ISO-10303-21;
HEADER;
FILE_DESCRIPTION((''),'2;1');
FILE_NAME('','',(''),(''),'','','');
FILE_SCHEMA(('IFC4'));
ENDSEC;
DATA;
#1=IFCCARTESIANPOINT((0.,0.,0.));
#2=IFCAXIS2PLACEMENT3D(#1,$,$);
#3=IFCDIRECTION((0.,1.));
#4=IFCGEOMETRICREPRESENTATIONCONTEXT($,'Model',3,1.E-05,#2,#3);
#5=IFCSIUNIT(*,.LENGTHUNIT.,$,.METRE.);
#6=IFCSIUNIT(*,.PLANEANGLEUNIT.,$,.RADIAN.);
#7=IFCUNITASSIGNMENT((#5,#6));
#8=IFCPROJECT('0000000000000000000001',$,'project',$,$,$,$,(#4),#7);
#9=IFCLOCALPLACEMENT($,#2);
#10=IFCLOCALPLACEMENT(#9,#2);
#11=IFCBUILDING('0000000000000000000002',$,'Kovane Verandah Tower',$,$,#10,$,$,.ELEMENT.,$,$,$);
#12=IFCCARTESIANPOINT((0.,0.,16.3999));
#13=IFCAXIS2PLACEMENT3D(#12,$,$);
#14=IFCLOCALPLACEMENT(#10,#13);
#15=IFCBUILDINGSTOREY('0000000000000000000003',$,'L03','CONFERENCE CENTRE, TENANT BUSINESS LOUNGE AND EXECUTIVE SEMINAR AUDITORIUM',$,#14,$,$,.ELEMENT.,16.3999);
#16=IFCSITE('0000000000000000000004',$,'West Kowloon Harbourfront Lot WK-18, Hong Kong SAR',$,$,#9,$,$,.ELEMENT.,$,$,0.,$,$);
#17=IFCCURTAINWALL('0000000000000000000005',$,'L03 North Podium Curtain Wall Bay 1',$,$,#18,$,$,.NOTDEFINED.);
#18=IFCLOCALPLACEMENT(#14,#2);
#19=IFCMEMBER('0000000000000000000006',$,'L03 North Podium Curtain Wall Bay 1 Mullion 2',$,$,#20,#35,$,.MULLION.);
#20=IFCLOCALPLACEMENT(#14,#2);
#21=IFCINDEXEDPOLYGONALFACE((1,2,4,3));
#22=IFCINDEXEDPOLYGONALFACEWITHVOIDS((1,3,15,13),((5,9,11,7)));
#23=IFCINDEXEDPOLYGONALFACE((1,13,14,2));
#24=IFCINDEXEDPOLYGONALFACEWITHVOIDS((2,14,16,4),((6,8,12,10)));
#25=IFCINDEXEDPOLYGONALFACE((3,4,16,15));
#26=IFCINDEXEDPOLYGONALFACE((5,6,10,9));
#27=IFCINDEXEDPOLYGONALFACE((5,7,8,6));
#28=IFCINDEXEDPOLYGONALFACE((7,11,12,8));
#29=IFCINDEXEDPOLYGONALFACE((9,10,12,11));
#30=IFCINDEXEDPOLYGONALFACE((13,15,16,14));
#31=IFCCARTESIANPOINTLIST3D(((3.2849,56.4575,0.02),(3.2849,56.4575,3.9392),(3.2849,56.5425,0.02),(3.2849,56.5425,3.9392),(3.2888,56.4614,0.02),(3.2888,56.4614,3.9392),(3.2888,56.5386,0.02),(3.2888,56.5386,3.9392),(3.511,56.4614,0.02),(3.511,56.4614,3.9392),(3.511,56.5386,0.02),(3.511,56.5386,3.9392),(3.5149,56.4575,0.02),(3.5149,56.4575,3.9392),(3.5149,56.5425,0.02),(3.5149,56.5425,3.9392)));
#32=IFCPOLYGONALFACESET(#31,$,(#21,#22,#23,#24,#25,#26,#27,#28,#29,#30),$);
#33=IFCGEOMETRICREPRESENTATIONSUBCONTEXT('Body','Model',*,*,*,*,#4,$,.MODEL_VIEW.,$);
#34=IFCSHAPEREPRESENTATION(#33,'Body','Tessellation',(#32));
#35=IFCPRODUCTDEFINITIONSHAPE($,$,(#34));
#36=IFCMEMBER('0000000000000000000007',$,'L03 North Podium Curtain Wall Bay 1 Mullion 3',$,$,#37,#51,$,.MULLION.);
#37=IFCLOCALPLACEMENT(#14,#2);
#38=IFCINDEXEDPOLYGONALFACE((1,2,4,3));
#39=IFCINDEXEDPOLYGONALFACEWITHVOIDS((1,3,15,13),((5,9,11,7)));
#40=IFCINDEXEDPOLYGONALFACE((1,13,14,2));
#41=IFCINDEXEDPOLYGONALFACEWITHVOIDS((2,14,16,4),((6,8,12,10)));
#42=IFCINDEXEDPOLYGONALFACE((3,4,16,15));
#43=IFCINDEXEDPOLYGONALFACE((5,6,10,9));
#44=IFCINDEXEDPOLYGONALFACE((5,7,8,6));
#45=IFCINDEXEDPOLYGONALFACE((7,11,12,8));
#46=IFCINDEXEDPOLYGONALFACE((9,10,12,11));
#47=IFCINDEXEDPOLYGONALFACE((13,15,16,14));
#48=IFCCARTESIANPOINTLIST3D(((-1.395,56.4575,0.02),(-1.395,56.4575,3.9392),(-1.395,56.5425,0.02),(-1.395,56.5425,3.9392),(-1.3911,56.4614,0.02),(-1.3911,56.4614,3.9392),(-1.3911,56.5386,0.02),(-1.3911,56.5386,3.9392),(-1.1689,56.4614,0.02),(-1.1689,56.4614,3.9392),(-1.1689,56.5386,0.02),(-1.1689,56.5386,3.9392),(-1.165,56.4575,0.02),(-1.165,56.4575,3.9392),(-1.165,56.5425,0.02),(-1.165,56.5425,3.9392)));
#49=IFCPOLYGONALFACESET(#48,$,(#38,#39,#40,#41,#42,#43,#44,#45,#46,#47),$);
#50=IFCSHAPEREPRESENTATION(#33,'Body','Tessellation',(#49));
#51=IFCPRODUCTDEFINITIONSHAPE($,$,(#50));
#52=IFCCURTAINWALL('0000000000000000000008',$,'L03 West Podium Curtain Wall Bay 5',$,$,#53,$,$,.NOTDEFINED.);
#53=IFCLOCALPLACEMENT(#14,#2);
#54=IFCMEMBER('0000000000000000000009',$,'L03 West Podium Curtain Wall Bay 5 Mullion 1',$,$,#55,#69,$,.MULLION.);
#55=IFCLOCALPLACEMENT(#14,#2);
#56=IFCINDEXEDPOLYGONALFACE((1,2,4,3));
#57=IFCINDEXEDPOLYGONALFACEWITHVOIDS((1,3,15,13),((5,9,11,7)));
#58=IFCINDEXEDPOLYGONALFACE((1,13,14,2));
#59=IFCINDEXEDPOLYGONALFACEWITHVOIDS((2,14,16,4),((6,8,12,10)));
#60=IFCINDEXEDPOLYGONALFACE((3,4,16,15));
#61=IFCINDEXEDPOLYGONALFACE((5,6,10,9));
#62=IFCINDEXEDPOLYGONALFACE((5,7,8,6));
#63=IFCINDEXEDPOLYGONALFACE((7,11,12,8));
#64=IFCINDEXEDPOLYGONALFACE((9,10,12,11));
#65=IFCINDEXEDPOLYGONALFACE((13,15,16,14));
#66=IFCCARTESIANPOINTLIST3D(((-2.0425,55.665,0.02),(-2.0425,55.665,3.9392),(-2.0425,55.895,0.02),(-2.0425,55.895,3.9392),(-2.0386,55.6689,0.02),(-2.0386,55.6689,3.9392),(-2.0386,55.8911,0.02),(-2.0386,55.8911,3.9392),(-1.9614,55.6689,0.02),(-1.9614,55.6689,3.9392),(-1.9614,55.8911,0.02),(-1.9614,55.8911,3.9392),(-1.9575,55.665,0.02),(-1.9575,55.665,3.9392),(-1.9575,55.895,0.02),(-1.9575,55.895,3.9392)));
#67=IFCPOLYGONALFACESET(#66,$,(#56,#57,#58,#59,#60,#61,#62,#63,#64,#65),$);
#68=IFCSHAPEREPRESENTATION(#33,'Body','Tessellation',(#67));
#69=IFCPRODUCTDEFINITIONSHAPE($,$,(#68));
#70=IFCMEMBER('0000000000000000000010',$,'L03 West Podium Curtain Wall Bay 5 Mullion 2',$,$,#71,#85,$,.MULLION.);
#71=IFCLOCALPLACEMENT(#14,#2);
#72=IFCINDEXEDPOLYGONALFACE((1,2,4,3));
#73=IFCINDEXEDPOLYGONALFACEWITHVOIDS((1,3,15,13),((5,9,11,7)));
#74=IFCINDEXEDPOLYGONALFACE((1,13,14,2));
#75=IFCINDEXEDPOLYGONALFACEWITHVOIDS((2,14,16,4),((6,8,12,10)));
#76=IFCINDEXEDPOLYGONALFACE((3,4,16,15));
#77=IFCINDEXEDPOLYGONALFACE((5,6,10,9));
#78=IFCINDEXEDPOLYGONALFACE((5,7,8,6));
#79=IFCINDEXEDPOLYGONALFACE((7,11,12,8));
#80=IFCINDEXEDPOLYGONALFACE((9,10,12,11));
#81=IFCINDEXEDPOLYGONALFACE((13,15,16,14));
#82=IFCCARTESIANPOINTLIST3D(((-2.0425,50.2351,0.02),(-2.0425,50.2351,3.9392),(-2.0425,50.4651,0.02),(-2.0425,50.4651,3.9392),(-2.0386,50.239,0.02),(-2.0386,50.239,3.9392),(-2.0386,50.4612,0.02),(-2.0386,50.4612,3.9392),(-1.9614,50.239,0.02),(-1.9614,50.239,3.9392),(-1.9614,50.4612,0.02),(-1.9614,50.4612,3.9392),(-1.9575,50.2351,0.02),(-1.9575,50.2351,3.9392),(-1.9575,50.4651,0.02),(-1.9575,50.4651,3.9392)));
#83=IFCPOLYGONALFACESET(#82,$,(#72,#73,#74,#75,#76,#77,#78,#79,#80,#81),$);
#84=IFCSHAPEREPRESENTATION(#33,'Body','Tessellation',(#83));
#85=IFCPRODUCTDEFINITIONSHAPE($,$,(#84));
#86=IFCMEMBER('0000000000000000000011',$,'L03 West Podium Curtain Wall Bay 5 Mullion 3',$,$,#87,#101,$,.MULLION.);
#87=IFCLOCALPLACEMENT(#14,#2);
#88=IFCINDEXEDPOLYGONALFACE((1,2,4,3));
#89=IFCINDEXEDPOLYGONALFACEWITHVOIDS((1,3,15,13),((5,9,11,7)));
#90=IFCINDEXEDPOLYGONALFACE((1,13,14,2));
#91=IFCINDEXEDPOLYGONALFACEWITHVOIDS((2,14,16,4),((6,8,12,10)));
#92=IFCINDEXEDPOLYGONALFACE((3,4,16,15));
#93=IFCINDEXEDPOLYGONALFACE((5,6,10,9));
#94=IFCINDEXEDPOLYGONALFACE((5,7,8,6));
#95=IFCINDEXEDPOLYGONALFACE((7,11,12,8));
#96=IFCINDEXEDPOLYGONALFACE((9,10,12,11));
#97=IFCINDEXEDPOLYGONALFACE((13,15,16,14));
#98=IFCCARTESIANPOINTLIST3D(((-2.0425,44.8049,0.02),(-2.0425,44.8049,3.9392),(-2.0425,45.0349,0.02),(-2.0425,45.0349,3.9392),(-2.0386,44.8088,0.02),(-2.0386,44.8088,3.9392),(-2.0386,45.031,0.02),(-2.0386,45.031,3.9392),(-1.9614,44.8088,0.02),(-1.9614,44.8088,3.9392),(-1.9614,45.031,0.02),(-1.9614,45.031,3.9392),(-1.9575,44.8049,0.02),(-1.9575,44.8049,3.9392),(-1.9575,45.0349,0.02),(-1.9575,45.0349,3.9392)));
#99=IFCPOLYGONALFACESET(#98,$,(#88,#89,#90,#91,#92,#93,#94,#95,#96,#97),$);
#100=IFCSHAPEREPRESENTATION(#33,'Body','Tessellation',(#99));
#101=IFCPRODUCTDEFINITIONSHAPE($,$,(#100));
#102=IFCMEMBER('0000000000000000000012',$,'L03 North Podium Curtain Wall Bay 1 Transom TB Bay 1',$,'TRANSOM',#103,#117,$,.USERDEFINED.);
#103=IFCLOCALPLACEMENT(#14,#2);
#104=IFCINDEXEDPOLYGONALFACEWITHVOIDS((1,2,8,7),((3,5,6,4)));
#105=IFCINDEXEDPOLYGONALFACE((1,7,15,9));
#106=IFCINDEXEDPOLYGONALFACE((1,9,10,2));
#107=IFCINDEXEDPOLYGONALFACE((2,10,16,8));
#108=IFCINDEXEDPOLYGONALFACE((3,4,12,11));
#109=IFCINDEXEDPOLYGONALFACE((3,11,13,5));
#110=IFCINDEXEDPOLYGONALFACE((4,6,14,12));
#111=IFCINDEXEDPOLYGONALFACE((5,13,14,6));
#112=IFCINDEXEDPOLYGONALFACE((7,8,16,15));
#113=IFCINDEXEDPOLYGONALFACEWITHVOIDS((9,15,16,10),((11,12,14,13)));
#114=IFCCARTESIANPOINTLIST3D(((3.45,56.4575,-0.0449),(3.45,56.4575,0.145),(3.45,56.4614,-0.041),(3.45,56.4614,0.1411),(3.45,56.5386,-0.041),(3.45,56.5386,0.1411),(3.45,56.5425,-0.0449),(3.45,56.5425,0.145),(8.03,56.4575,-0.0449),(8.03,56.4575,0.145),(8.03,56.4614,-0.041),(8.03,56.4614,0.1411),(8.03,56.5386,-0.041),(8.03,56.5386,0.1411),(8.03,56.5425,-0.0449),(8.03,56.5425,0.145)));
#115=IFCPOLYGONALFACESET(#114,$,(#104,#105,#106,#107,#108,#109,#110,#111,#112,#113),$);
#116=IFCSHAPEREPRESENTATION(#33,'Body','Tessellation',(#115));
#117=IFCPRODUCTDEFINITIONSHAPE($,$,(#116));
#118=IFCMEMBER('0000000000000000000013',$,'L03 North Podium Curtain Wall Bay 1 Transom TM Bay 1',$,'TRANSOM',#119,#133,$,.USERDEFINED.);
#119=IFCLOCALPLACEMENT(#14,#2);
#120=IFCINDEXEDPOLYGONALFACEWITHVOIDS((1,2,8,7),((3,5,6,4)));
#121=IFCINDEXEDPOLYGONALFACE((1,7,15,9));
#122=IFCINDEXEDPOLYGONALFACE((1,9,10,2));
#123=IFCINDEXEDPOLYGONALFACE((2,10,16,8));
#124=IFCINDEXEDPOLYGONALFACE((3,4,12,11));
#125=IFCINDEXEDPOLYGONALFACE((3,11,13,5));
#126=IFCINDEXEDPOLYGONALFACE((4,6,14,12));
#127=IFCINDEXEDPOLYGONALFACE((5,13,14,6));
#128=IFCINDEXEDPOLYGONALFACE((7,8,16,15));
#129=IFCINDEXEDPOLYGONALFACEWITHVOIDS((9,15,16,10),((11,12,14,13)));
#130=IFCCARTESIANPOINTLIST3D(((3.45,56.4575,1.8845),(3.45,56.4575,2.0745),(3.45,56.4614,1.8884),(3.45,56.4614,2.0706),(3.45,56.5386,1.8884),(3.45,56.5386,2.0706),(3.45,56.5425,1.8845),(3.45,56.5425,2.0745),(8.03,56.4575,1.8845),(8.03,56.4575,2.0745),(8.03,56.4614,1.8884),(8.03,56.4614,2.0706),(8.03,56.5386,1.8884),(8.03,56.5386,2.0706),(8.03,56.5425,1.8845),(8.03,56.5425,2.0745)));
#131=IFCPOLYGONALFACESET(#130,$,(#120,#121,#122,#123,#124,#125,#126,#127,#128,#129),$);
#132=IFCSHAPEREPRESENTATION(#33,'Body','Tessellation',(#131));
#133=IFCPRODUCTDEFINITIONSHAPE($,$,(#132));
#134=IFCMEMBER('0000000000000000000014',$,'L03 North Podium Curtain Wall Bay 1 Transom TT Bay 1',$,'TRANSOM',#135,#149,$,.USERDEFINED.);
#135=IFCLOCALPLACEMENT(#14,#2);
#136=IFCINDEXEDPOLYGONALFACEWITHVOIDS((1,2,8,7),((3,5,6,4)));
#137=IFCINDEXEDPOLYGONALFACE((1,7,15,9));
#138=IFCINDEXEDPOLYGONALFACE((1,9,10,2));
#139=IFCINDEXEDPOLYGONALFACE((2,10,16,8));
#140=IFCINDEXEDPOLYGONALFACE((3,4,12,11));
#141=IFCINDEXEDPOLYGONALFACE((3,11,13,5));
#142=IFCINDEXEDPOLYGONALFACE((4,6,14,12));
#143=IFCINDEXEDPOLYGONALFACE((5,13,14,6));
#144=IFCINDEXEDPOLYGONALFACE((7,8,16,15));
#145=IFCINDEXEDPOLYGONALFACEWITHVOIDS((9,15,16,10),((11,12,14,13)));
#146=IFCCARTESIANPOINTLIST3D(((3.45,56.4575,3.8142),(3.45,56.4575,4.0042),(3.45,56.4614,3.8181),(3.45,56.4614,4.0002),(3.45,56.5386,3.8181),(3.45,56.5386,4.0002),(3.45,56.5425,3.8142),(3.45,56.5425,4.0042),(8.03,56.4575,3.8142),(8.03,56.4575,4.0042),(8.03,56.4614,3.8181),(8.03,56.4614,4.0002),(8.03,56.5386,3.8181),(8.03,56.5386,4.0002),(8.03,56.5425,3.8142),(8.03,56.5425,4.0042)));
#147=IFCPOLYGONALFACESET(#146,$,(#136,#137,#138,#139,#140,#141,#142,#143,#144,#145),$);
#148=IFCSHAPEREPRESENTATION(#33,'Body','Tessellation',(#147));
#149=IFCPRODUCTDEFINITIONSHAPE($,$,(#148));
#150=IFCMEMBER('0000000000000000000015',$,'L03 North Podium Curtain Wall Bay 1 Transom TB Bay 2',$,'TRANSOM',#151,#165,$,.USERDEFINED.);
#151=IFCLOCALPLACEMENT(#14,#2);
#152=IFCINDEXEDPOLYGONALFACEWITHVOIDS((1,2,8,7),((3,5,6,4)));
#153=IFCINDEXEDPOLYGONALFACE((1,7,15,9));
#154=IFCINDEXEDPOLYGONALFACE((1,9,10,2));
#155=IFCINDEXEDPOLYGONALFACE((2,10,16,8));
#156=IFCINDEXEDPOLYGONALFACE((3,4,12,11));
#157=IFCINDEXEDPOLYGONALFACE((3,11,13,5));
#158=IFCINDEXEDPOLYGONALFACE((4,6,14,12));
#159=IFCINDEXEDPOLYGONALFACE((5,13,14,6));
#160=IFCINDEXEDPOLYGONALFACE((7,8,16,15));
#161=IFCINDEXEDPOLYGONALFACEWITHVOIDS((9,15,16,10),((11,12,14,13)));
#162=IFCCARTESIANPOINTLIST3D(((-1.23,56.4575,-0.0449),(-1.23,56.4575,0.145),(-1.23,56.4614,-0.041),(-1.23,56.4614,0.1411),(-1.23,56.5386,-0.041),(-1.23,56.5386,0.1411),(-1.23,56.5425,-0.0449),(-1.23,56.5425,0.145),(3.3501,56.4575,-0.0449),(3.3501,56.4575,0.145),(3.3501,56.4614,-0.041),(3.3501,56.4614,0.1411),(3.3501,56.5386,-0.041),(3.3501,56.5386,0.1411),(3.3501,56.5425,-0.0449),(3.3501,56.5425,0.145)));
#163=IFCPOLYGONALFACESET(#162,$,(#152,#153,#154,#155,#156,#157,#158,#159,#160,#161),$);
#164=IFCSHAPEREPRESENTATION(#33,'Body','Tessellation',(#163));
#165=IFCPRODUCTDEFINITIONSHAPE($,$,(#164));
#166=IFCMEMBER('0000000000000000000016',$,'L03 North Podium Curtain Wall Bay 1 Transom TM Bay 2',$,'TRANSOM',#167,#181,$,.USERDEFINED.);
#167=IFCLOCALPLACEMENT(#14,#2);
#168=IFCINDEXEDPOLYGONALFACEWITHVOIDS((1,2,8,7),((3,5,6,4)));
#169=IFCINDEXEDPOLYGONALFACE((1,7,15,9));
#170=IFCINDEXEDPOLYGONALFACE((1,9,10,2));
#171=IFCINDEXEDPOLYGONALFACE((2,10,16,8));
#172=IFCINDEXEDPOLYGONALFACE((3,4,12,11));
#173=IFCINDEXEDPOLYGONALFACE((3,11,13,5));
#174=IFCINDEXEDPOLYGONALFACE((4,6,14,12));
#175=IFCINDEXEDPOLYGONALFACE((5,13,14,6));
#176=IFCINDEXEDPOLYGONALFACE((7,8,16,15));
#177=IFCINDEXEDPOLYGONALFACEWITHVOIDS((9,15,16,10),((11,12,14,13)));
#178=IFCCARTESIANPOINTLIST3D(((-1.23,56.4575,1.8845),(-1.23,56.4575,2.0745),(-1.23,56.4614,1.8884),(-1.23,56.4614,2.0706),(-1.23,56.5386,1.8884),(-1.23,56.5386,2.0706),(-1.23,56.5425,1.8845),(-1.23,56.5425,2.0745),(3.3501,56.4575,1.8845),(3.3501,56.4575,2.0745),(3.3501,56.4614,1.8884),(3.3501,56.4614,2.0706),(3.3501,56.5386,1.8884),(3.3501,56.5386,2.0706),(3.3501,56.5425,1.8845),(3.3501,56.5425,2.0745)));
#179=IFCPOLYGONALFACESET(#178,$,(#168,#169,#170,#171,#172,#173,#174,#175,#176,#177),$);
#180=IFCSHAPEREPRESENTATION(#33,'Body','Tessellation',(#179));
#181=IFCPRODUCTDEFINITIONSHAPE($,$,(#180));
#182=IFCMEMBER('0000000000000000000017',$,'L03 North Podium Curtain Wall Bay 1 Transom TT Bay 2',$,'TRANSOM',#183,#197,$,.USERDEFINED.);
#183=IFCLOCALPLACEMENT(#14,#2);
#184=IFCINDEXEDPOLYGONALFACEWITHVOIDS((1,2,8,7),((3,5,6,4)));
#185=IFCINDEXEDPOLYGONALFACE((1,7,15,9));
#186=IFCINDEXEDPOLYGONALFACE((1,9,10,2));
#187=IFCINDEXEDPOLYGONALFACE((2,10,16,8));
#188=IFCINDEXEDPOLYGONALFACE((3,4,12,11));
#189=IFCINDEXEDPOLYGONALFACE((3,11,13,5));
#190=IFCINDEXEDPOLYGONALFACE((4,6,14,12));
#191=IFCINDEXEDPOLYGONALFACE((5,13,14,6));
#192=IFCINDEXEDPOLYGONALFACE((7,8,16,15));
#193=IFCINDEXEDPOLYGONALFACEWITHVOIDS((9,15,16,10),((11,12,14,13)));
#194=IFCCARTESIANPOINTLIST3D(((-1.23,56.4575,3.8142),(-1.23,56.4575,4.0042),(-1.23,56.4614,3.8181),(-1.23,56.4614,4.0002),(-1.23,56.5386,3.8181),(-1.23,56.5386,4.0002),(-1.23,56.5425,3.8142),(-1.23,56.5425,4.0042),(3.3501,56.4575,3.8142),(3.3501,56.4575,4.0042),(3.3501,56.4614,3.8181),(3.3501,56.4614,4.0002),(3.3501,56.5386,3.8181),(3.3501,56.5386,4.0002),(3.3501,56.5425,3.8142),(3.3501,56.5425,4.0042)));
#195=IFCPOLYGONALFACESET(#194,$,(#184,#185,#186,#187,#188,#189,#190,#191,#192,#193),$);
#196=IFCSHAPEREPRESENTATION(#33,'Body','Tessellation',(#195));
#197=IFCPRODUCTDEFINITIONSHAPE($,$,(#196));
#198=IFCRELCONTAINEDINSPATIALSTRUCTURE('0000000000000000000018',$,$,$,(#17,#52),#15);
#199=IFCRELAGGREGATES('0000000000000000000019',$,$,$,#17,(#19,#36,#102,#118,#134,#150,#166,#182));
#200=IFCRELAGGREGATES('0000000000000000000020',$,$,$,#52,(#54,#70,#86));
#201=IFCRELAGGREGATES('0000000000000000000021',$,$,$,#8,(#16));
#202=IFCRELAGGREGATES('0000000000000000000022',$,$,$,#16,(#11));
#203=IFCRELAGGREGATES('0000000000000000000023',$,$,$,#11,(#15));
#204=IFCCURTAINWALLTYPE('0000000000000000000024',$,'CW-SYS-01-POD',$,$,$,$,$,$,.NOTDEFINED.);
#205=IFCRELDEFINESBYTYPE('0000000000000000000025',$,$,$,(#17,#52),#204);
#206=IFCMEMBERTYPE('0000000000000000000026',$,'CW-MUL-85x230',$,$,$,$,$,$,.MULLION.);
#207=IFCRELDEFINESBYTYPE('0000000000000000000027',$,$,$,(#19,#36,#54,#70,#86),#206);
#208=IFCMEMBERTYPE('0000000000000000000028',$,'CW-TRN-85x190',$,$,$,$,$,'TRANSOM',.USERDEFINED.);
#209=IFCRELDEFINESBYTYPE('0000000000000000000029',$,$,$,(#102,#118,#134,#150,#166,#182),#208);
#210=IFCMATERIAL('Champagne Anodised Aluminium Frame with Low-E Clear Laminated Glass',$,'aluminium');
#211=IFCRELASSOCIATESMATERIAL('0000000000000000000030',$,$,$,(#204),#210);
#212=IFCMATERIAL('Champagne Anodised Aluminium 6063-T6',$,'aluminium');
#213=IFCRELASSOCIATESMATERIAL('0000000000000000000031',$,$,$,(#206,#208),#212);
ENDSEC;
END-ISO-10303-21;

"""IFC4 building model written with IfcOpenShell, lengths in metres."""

from ifc_helpers import new_model, si_unit, direction, frame, origin, origin_2d, place, context, subcontext, project, spatial, hollow_rectangle, extrude, material, material_profile, profile_set, type_object, element, aggregate, save


model = new_model("IFC4")

# Units and contexts
model_context = context("Model", 3, precision=1e-05, world=origin(), true_north=direction((0.0, 1.0)))
body_context = subcontext(model_context, "Body", "Model", "MODEL_VIEW")
ifc_project = project(units=[si_unit("LENGTHUNIT", "METRE"), si_unit("PLANEANGLEUNIT", "RADIAN")], contexts=[model_context])

# Site, building, storey
site_placement = place(None, origin())
site = spatial("IfcSite", under=ifc_project, at=site_placement, Name="West Kowloon Harbourfront Lot WK-18, Hong Kong SAR", CompositionType="ELEMENT", RefElevation=0.0)
building_placement = place(site_placement, origin())
building = spatial("IfcBuilding", under=site, at=building_placement, Name="Kovane Verandah Tower", CompositionType="ELEMENT")
storey_placement = place(building_placement, frame((0.0, 0.0, 16.3999)))
storey = spatial("IfcBuildingStorey", under=building, at=storey_placement, Name="L03", Description="CONFERENCE CENTRE, TENANT BUSINESS LOUNGE AND EXECUTIVE SEMINAR AUDITORIUM", CompositionType="ELEMENT", Elevation=16.3999)

# Curtain walls, members
ifc_material_1 = material(Name="Champagne Anodised Aluminium Frame with Low-E Clear Laminated Glass", Category="aluminium")
curtain_wall_type = type_object("IfcCurtainWallType", Name="CW-SYS-01-POD", PredefinedType="NOTDEFINED", material=ifc_material_1)
curtain_wall_1_placement = place(storey_placement, origin())
curtain_wall_1 = element("IfcCurtainWall", 1, at=curtain_wall_1_placement, inside=storey, type_object=curtain_wall_type, Name="L03 North Podium Curtain Wall Bay 1", PredefinedType="NOTDEFINED")
ifc_material_2 = material(Name="Champagne Anodised Aluminium 6063-T6", Category="aluminium")
ifc_material_profile_1 = material_profile(ifc_material_2, hollow_rectangle(XDim=0.085, YDim=0.23, WallThickness=0.0039, at=origin_2d()), Name="AL85x230x4")
ifc_profile_set_1 = profile_set([ifc_material_profile_1], Name="Champagne Anodised Aluminium 6063-T6")
member_type_1 = type_object("IfcMemberType", Name="CW-MUL-85x230", PredefinedType="MULLION", material=ifc_profile_set_1)
member_1_placement = place(storey_placement, frame((3.3999, 56.5, 0.02), z_axis=(0.0, 0.0, 1.0), x_axis=(0.0, 1.0, 0.0)))
member_1 = element("IfcMember", 2, at=member_1_placement, type_object=member_type_1, Name="L03 North Podium Curtain Wall Bay 1 Mullion 2", PredefinedType="MULLION", context=body_context, shape_type="SweptSolid", body=[
    extrude(hollow_rectangle(XDim=0.085, YDim=0.23, WallThickness=0.0039, at=origin_2d()), origin(), (0.0, 0.0, 1.0), 3.9192),
])
member_2_placement = place(storey_placement, frame((-1.28, 56.5, 0.02), z_axis=(0.0, 0.0, 1.0), x_axis=(0.0, 1.0, 0.0)))
member_2 = element("IfcMember", 3, at=member_2_placement, type_object=member_type_1, Name="L03 North Podium Curtain Wall Bay 1 Mullion 3", PredefinedType="MULLION", context=body_context, shape_type="SweptSolid", body=[
    extrude(hollow_rectangle(XDim=0.085, YDim=0.23, WallThickness=0.0039, at=origin_2d()), origin(), (0.0, 0.0, 1.0), 3.9192),
])
curtain_wall_2_placement = place(storey_placement, origin())
curtain_wall_2 = element("IfcCurtainWall", 4, at=curtain_wall_2_placement, inside=storey, type_object=curtain_wall_type, Name="L03 West Podium Curtain Wall Bay 5", PredefinedType="NOTDEFINED")
member_3_placement = place(storey_placement, frame((-2.0, 55.78, 0.02), z_axis=(0.0, 0.0, 1.0), x_axis=(-1.0, 0.0, 0.0)))
member_3 = element("IfcMember", 5, at=member_3_placement, type_object=member_type_1, Name="L03 West Podium Curtain Wall Bay 5 Mullion 1", PredefinedType="MULLION", context=body_context, shape_type="SweptSolid", body=[
    extrude(hollow_rectangle(XDim=0.085, YDim=0.23, WallThickness=0.0039, at=origin_2d()), origin(), (0.0, 0.0, 1.0), 3.9192),
])
member_4_placement = place(storey_placement, frame((-2.0, 50.3501, 0.02), z_axis=(0.0, 0.0, 1.0), x_axis=(-1.0, 0.0, 0.0)))
member_4 = element("IfcMember", 6, at=member_4_placement, type_object=member_type_1, Name="L03 West Podium Curtain Wall Bay 5 Mullion 2", PredefinedType="MULLION", context=body_context, shape_type="SweptSolid", body=[
    extrude(hollow_rectangle(XDim=0.085, YDim=0.23, WallThickness=0.0039, at=origin_2d()), origin(), (0.0, 0.0, 1.0), 3.9192),
])
member_5_placement = place(storey_placement, frame((-2.0, 44.9199, 0.02), z_axis=(0.0, 0.0, 1.0), x_axis=(-1.0, 0.0, 0.0)))
member_5 = element("IfcMember", 7, at=member_5_placement, type_object=member_type_1, Name="L03 West Podium Curtain Wall Bay 5 Mullion 3", PredefinedType="MULLION", context=body_context, shape_type="SweptSolid", body=[
    extrude(hollow_rectangle(XDim=0.085, YDim=0.23, WallThickness=0.0039, at=origin_2d()), origin(), (0.0, 0.0, 1.0), 3.9192),
])

# Members
ifc_material_profile_2 = material_profile(ifc_material_2, hollow_rectangle(XDim=0.085, YDim=0.1899, WallThickness=0.0039, at=origin_2d()), Name="AL85x190x4")
ifc_profile_set_2 = profile_set([ifc_material_profile_2], Name="Champagne Anodised Aluminium 6063-T6")
member_type_2 = type_object("IfcMemberType", Name="CW-TRN-85x190", ElementType="TRANSOM", PredefinedType="USERDEFINED", material=ifc_profile_set_2)
member_6_placement = place(storey_placement, frame((8.03, 56.5, 0.05), z_axis=(-1.0, 0.0, 0.0), x_axis=(0.0, -1.0, 0.0)))
member_6 = element("IfcMember", 8, at=member_6_placement, type_object=member_type_2, Name="L03 North Podium Curtain Wall Bay 1 Transom TB Bay 1", ObjectType="TRANSOM", PredefinedType="USERDEFINED", context=body_context, shape_type="SweptSolid", body=[
    extrude(hollow_rectangle(XDim=0.085, YDim=0.1899, WallThickness=0.0039, at=origin_2d()), origin(), (0.0, 0.0, 1.0), 4.5801),
])
member_7_placement = place(storey_placement, frame((8.03, 56.5, 1.9795), z_axis=(-1.0, 0.0, 0.0), x_axis=(0.0, -1.0, 0.0)))
member_7 = element("IfcMember", 9, at=member_7_placement, type_object=member_type_2, Name="L03 North Podium Curtain Wall Bay 1 Transom TM Bay 1", ObjectType="TRANSOM", PredefinedType="USERDEFINED", context=body_context, shape_type="SweptSolid", body=[
    extrude(hollow_rectangle(XDim=0.085, YDim=0.1899, WallThickness=0.0039, at=origin_2d()), origin(), (0.0, 0.0, 1.0), 4.5801),
])
member_8_placement = place(storey_placement, frame((8.03, 56.5, 3.9092), z_axis=(-1.0, 0.0, 0.0), x_axis=(0.0, -1.0, 0.0)))
member_8 = element("IfcMember", 10, at=member_8_placement, type_object=member_type_2, Name="L03 North Podium Curtain Wall Bay 1 Transom TT Bay 1", ObjectType="TRANSOM", PredefinedType="USERDEFINED", context=body_context, shape_type="SweptSolid", body=[
    extrude(hollow_rectangle(XDim=0.085, YDim=0.1899, WallThickness=0.0039, at=origin_2d()), origin(), (0.0, 0.0, 1.0), 4.5801),
])
member_9_placement = place(storey_placement, frame((3.3501, 56.5, 0.05), z_axis=(-1.0, 0.0, 0.0), x_axis=(0.0, -1.0, 0.0)))
member_9 = element("IfcMember", 11, at=member_9_placement, type_object=member_type_2, Name="L03 North Podium Curtain Wall Bay 1 Transom TB Bay 2", ObjectType="TRANSOM", PredefinedType="USERDEFINED", context=body_context, shape_type="SweptSolid", body=[
    extrude(hollow_rectangle(XDim=0.085, YDim=0.1899, WallThickness=0.0039, at=origin_2d()), origin(), (0.0, 0.0, 1.0), 4.5801),
])
member_10_placement = place(storey_placement, frame((3.3501, 56.5, 1.9795), z_axis=(-1.0, 0.0, 0.0), x_axis=(0.0, -1.0, 0.0)))
member_10 = element("IfcMember", 12, at=member_10_placement, type_object=member_type_2, Name="L03 North Podium Curtain Wall Bay 1 Transom TM Bay 2", ObjectType="TRANSOM", PredefinedType="USERDEFINED", context=body_context, shape_type="SweptSolid", body=[
    extrude(hollow_rectangle(XDim=0.085, YDim=0.1899, WallThickness=0.0039, at=origin_2d()), origin(), (0.0, 0.0, 1.0), 4.5801),
])
member_11_placement = place(storey_placement, frame((3.3501, 56.5, 3.9092), z_axis=(-1.0, 0.0, 0.0), x_axis=(0.0, -1.0, 0.0)))
member_11 = element("IfcMember", 13, at=member_11_placement, type_object=member_type_2, Name="L03 North Podium Curtain Wall Bay 1 Transom TT Bay 2", ObjectType="TRANSOM", PredefinedType="USERDEFINED", context=body_context, shape_type="SweptSolid", body=[
    extrude(hollow_rectangle(XDim=0.085, YDim=0.1899, WallThickness=0.0039, at=origin_2d()), origin(), (0.0, 0.0, 1.0), 4.5801),
])

aggregate(curtain_wall_1, [member_1, member_2, member_6, member_7, member_8, member_9, member_10, member_11])
aggregate(curtain_wall_2, [member_3, member_4, member_5])

save(model, "model.ifc")
